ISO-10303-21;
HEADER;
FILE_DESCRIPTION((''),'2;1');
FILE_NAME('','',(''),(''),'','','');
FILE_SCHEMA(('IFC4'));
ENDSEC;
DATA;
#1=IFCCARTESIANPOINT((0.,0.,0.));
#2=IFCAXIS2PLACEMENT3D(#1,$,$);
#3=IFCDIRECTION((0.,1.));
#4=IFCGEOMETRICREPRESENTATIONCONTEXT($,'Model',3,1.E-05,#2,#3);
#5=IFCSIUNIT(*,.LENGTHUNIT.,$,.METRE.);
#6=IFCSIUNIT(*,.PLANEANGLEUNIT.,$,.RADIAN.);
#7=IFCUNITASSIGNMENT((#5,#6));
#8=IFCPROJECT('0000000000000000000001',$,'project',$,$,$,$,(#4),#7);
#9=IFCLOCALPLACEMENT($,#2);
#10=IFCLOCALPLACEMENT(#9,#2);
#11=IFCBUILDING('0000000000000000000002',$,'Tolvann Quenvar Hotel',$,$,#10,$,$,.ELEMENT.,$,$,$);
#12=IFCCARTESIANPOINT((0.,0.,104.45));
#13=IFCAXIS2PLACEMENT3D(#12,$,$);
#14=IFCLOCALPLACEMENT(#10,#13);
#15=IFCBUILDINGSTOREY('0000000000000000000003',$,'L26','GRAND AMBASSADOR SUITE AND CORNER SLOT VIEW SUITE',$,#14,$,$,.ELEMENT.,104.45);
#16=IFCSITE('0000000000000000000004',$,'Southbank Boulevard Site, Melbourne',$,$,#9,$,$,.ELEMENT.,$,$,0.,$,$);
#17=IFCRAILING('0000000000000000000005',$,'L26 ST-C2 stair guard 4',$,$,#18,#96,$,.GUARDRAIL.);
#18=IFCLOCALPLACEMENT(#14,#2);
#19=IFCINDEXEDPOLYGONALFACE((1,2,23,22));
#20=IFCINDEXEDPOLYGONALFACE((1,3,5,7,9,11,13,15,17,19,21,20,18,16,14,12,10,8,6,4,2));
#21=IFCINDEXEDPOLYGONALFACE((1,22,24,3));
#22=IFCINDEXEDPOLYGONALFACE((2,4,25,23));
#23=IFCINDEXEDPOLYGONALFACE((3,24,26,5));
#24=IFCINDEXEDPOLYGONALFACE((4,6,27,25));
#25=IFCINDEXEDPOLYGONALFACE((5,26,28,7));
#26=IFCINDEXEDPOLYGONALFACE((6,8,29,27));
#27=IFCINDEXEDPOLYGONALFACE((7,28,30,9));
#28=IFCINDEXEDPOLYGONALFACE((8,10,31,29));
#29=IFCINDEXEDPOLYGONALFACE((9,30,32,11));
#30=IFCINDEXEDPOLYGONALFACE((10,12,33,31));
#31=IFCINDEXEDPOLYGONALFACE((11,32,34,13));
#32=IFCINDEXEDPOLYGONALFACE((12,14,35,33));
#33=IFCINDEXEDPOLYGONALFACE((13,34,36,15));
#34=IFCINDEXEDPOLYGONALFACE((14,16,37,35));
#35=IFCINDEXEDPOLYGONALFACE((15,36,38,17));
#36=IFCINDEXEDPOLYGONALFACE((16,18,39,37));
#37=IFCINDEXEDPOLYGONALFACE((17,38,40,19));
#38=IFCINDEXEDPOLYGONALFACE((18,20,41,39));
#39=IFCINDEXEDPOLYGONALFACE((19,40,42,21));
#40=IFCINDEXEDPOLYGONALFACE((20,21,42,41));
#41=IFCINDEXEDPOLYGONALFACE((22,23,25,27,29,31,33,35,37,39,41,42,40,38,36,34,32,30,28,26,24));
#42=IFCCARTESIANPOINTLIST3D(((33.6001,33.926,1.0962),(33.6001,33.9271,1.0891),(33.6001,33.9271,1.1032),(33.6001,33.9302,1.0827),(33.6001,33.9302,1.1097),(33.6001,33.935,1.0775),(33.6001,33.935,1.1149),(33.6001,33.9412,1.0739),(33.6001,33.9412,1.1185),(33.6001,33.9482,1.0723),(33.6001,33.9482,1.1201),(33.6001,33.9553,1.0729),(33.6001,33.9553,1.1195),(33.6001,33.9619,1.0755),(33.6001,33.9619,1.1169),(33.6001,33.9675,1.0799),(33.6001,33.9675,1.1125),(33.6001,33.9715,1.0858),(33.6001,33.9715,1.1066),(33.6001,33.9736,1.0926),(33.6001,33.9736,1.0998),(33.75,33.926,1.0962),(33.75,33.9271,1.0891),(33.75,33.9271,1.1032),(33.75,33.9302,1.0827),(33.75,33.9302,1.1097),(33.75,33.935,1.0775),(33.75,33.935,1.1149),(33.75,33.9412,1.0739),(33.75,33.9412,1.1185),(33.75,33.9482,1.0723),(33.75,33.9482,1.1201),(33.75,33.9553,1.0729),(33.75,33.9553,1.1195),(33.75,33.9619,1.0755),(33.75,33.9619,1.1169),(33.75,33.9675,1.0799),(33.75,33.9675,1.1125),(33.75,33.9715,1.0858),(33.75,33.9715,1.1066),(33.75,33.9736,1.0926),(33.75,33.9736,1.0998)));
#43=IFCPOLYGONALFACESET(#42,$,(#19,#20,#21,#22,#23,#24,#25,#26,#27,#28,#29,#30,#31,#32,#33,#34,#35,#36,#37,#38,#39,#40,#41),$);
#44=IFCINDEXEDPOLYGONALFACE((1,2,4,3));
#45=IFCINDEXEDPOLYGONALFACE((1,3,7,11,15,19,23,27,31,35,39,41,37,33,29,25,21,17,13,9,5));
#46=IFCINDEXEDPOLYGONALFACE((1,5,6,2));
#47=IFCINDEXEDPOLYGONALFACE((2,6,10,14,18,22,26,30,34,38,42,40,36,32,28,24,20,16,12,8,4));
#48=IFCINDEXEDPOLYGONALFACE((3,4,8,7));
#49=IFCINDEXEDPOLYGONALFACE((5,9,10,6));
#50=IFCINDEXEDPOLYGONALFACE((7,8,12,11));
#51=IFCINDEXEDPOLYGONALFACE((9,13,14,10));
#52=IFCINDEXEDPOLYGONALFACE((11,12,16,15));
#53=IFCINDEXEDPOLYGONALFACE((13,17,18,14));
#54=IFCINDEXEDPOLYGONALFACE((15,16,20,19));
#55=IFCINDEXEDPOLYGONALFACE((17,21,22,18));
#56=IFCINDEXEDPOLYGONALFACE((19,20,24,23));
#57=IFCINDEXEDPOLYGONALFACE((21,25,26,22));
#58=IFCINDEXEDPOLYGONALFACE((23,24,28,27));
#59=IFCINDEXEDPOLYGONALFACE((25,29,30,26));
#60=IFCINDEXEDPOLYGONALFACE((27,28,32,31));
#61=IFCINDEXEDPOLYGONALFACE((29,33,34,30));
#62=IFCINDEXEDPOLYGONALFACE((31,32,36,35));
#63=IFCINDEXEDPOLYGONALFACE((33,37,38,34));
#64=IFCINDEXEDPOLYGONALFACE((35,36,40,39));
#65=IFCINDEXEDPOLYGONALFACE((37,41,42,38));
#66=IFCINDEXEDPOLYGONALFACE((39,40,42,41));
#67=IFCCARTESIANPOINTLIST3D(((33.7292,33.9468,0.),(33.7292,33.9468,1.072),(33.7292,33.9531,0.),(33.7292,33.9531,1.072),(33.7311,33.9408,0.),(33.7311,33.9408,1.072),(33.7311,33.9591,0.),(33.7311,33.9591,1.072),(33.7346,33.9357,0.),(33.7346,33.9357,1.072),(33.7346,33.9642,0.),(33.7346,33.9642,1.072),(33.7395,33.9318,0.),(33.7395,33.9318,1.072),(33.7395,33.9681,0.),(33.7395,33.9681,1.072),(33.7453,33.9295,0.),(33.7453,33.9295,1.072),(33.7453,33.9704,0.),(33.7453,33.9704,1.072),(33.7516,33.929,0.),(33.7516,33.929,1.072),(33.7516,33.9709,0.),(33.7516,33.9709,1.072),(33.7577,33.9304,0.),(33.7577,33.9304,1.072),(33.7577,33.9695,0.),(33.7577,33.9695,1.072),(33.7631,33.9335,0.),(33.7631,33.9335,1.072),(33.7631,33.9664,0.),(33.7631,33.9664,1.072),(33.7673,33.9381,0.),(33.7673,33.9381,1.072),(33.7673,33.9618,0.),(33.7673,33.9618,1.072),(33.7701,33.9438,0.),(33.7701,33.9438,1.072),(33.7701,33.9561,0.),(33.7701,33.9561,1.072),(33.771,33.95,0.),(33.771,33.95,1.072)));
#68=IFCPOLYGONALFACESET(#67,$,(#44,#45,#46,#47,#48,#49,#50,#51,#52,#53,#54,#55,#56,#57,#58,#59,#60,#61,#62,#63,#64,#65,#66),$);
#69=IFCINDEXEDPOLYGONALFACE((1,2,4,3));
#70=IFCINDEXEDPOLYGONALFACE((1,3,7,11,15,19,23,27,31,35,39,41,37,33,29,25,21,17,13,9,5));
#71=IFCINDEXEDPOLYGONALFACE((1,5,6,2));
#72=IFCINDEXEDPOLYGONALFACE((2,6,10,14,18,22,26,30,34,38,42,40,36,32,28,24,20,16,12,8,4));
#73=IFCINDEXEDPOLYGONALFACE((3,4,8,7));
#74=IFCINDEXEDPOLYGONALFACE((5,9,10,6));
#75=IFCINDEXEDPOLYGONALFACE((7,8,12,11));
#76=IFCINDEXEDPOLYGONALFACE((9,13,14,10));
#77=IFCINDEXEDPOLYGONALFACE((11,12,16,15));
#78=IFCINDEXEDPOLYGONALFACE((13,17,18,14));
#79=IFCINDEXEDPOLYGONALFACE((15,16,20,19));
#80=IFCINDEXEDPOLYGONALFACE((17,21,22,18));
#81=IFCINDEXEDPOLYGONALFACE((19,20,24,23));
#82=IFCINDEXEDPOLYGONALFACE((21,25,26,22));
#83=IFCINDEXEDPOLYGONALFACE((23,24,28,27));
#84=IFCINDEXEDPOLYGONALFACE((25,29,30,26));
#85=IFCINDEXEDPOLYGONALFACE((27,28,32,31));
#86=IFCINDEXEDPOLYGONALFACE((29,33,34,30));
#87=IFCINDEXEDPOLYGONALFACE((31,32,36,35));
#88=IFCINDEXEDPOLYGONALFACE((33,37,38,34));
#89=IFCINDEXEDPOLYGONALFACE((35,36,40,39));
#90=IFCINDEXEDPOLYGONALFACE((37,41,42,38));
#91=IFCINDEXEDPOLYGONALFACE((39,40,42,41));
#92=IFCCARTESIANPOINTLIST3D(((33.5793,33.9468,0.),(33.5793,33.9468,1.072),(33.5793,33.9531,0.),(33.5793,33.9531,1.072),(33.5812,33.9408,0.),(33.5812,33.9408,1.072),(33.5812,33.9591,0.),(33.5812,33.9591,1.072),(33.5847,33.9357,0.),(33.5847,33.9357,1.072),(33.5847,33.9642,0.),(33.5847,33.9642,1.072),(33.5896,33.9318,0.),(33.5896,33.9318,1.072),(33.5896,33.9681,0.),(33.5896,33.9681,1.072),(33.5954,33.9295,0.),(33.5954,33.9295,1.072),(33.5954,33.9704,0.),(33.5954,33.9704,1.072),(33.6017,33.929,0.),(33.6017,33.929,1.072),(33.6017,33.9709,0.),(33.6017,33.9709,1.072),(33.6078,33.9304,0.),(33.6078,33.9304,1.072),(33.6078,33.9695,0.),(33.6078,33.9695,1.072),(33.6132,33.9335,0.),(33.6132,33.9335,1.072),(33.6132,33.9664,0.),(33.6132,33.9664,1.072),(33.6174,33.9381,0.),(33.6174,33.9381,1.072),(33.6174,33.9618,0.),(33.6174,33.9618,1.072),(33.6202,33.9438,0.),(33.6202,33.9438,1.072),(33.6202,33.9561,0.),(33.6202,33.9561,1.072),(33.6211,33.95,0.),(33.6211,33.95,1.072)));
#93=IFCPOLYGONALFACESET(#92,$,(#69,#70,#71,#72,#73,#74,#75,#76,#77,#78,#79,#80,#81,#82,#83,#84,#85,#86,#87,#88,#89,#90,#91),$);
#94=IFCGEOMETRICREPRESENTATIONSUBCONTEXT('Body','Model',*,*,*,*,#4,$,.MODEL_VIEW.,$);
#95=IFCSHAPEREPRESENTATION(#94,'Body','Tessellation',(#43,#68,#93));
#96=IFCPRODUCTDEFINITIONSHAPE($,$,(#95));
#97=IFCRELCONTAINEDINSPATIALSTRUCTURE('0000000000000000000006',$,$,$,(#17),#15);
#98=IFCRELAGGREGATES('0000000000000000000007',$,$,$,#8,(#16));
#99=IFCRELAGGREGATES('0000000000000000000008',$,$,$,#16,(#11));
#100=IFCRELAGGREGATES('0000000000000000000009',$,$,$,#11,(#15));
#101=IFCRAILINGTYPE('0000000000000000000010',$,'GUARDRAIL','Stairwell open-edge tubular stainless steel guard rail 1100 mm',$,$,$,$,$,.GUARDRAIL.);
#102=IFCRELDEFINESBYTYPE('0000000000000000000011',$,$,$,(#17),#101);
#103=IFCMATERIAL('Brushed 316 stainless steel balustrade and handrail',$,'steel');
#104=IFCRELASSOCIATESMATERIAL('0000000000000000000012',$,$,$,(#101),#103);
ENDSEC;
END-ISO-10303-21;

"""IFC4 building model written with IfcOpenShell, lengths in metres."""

from ifc_helpers import new_model, si_unit, direction, frame, origin, origin_2d, place, context, subcontext, project, spatial, circle, extrude, material, type_object, element, save


model = new_model("IFC4")

# Units and contexts
model_context = context("Model", 3, precision=1e-05, world=origin(), true_north=direction((0.0, 1.0)))
body_context = subcontext(model_context, "Body", "Model", "MODEL_VIEW")
ifc_project = project(units=[si_unit("LENGTHUNIT", "METRE"), si_unit("PLANEANGLEUNIT", "RADIAN")], contexts=[model_context])

# Site, building, storey
site_placement = place(None, origin())
site = spatial("IfcSite", under=ifc_project, at=site_placement, Name="Southbank Boulevard Site, Melbourne", CompositionType="ELEMENT", RefElevation=0.0)
building_placement = place(site_placement, origin())
building = spatial("IfcBuilding", under=site, at=building_placement, Name="Tolvann Quenvar Hotel", CompositionType="ELEMENT")
storey_placement = place(building_placement, frame((0.0, 0.0, 104.45)))
storey = spatial("IfcBuildingStorey", under=building, at=storey_placement, Name="L26", Description="GRAND AMBASSADOR SUITE AND CORNER SLOT VIEW SUITE", CompositionType="ELEMENT", Elevation=104.45)

# Railing
ifc_material_1 = material(Name="Brushed 316 stainless steel balustrade and handrail", Category="steel")
railing_type_1 = type_object("IfcRailingType", Name="GUARDRAIL", Description="Stairwell open-edge tubular stainless steel guard rail 1100 mm", PredefinedType="GUARDRAIL", material=ifc_material_1)
railing_1_placement = place(storey_placement, frame((33.75, 33.95, 0.0)))
element("IfcRailing", 1, at=railing_1_placement, inside=storey, type_object=railing_type_1, Name="L26 ST-C2 stair guard 4", PredefinedType="GUARDRAIL", context=body_context, shape_type="SweptSolid", body=[
    extrude(circle(Radius=0.0239, at=origin_2d()), frame((0.0, 0.0, 1.0962), z_axis=(-1.0, 0.0, 0.0), x_axis=(0.0, -1.0, 0.0)), (0.0, 0.0, 1.0), 0.1499),
    extrude(circle(Radius=0.021, at=origin_2d()), origin(), (0.0, 0.0, 1.0), 1.072),
    extrude(circle(Radius=0.021, at=origin_2d()), frame((-0.1499, 0.0, 0.0)), (0.0, 0.0, 1.0), 1.072),
])

save(model, "model.ifc")
